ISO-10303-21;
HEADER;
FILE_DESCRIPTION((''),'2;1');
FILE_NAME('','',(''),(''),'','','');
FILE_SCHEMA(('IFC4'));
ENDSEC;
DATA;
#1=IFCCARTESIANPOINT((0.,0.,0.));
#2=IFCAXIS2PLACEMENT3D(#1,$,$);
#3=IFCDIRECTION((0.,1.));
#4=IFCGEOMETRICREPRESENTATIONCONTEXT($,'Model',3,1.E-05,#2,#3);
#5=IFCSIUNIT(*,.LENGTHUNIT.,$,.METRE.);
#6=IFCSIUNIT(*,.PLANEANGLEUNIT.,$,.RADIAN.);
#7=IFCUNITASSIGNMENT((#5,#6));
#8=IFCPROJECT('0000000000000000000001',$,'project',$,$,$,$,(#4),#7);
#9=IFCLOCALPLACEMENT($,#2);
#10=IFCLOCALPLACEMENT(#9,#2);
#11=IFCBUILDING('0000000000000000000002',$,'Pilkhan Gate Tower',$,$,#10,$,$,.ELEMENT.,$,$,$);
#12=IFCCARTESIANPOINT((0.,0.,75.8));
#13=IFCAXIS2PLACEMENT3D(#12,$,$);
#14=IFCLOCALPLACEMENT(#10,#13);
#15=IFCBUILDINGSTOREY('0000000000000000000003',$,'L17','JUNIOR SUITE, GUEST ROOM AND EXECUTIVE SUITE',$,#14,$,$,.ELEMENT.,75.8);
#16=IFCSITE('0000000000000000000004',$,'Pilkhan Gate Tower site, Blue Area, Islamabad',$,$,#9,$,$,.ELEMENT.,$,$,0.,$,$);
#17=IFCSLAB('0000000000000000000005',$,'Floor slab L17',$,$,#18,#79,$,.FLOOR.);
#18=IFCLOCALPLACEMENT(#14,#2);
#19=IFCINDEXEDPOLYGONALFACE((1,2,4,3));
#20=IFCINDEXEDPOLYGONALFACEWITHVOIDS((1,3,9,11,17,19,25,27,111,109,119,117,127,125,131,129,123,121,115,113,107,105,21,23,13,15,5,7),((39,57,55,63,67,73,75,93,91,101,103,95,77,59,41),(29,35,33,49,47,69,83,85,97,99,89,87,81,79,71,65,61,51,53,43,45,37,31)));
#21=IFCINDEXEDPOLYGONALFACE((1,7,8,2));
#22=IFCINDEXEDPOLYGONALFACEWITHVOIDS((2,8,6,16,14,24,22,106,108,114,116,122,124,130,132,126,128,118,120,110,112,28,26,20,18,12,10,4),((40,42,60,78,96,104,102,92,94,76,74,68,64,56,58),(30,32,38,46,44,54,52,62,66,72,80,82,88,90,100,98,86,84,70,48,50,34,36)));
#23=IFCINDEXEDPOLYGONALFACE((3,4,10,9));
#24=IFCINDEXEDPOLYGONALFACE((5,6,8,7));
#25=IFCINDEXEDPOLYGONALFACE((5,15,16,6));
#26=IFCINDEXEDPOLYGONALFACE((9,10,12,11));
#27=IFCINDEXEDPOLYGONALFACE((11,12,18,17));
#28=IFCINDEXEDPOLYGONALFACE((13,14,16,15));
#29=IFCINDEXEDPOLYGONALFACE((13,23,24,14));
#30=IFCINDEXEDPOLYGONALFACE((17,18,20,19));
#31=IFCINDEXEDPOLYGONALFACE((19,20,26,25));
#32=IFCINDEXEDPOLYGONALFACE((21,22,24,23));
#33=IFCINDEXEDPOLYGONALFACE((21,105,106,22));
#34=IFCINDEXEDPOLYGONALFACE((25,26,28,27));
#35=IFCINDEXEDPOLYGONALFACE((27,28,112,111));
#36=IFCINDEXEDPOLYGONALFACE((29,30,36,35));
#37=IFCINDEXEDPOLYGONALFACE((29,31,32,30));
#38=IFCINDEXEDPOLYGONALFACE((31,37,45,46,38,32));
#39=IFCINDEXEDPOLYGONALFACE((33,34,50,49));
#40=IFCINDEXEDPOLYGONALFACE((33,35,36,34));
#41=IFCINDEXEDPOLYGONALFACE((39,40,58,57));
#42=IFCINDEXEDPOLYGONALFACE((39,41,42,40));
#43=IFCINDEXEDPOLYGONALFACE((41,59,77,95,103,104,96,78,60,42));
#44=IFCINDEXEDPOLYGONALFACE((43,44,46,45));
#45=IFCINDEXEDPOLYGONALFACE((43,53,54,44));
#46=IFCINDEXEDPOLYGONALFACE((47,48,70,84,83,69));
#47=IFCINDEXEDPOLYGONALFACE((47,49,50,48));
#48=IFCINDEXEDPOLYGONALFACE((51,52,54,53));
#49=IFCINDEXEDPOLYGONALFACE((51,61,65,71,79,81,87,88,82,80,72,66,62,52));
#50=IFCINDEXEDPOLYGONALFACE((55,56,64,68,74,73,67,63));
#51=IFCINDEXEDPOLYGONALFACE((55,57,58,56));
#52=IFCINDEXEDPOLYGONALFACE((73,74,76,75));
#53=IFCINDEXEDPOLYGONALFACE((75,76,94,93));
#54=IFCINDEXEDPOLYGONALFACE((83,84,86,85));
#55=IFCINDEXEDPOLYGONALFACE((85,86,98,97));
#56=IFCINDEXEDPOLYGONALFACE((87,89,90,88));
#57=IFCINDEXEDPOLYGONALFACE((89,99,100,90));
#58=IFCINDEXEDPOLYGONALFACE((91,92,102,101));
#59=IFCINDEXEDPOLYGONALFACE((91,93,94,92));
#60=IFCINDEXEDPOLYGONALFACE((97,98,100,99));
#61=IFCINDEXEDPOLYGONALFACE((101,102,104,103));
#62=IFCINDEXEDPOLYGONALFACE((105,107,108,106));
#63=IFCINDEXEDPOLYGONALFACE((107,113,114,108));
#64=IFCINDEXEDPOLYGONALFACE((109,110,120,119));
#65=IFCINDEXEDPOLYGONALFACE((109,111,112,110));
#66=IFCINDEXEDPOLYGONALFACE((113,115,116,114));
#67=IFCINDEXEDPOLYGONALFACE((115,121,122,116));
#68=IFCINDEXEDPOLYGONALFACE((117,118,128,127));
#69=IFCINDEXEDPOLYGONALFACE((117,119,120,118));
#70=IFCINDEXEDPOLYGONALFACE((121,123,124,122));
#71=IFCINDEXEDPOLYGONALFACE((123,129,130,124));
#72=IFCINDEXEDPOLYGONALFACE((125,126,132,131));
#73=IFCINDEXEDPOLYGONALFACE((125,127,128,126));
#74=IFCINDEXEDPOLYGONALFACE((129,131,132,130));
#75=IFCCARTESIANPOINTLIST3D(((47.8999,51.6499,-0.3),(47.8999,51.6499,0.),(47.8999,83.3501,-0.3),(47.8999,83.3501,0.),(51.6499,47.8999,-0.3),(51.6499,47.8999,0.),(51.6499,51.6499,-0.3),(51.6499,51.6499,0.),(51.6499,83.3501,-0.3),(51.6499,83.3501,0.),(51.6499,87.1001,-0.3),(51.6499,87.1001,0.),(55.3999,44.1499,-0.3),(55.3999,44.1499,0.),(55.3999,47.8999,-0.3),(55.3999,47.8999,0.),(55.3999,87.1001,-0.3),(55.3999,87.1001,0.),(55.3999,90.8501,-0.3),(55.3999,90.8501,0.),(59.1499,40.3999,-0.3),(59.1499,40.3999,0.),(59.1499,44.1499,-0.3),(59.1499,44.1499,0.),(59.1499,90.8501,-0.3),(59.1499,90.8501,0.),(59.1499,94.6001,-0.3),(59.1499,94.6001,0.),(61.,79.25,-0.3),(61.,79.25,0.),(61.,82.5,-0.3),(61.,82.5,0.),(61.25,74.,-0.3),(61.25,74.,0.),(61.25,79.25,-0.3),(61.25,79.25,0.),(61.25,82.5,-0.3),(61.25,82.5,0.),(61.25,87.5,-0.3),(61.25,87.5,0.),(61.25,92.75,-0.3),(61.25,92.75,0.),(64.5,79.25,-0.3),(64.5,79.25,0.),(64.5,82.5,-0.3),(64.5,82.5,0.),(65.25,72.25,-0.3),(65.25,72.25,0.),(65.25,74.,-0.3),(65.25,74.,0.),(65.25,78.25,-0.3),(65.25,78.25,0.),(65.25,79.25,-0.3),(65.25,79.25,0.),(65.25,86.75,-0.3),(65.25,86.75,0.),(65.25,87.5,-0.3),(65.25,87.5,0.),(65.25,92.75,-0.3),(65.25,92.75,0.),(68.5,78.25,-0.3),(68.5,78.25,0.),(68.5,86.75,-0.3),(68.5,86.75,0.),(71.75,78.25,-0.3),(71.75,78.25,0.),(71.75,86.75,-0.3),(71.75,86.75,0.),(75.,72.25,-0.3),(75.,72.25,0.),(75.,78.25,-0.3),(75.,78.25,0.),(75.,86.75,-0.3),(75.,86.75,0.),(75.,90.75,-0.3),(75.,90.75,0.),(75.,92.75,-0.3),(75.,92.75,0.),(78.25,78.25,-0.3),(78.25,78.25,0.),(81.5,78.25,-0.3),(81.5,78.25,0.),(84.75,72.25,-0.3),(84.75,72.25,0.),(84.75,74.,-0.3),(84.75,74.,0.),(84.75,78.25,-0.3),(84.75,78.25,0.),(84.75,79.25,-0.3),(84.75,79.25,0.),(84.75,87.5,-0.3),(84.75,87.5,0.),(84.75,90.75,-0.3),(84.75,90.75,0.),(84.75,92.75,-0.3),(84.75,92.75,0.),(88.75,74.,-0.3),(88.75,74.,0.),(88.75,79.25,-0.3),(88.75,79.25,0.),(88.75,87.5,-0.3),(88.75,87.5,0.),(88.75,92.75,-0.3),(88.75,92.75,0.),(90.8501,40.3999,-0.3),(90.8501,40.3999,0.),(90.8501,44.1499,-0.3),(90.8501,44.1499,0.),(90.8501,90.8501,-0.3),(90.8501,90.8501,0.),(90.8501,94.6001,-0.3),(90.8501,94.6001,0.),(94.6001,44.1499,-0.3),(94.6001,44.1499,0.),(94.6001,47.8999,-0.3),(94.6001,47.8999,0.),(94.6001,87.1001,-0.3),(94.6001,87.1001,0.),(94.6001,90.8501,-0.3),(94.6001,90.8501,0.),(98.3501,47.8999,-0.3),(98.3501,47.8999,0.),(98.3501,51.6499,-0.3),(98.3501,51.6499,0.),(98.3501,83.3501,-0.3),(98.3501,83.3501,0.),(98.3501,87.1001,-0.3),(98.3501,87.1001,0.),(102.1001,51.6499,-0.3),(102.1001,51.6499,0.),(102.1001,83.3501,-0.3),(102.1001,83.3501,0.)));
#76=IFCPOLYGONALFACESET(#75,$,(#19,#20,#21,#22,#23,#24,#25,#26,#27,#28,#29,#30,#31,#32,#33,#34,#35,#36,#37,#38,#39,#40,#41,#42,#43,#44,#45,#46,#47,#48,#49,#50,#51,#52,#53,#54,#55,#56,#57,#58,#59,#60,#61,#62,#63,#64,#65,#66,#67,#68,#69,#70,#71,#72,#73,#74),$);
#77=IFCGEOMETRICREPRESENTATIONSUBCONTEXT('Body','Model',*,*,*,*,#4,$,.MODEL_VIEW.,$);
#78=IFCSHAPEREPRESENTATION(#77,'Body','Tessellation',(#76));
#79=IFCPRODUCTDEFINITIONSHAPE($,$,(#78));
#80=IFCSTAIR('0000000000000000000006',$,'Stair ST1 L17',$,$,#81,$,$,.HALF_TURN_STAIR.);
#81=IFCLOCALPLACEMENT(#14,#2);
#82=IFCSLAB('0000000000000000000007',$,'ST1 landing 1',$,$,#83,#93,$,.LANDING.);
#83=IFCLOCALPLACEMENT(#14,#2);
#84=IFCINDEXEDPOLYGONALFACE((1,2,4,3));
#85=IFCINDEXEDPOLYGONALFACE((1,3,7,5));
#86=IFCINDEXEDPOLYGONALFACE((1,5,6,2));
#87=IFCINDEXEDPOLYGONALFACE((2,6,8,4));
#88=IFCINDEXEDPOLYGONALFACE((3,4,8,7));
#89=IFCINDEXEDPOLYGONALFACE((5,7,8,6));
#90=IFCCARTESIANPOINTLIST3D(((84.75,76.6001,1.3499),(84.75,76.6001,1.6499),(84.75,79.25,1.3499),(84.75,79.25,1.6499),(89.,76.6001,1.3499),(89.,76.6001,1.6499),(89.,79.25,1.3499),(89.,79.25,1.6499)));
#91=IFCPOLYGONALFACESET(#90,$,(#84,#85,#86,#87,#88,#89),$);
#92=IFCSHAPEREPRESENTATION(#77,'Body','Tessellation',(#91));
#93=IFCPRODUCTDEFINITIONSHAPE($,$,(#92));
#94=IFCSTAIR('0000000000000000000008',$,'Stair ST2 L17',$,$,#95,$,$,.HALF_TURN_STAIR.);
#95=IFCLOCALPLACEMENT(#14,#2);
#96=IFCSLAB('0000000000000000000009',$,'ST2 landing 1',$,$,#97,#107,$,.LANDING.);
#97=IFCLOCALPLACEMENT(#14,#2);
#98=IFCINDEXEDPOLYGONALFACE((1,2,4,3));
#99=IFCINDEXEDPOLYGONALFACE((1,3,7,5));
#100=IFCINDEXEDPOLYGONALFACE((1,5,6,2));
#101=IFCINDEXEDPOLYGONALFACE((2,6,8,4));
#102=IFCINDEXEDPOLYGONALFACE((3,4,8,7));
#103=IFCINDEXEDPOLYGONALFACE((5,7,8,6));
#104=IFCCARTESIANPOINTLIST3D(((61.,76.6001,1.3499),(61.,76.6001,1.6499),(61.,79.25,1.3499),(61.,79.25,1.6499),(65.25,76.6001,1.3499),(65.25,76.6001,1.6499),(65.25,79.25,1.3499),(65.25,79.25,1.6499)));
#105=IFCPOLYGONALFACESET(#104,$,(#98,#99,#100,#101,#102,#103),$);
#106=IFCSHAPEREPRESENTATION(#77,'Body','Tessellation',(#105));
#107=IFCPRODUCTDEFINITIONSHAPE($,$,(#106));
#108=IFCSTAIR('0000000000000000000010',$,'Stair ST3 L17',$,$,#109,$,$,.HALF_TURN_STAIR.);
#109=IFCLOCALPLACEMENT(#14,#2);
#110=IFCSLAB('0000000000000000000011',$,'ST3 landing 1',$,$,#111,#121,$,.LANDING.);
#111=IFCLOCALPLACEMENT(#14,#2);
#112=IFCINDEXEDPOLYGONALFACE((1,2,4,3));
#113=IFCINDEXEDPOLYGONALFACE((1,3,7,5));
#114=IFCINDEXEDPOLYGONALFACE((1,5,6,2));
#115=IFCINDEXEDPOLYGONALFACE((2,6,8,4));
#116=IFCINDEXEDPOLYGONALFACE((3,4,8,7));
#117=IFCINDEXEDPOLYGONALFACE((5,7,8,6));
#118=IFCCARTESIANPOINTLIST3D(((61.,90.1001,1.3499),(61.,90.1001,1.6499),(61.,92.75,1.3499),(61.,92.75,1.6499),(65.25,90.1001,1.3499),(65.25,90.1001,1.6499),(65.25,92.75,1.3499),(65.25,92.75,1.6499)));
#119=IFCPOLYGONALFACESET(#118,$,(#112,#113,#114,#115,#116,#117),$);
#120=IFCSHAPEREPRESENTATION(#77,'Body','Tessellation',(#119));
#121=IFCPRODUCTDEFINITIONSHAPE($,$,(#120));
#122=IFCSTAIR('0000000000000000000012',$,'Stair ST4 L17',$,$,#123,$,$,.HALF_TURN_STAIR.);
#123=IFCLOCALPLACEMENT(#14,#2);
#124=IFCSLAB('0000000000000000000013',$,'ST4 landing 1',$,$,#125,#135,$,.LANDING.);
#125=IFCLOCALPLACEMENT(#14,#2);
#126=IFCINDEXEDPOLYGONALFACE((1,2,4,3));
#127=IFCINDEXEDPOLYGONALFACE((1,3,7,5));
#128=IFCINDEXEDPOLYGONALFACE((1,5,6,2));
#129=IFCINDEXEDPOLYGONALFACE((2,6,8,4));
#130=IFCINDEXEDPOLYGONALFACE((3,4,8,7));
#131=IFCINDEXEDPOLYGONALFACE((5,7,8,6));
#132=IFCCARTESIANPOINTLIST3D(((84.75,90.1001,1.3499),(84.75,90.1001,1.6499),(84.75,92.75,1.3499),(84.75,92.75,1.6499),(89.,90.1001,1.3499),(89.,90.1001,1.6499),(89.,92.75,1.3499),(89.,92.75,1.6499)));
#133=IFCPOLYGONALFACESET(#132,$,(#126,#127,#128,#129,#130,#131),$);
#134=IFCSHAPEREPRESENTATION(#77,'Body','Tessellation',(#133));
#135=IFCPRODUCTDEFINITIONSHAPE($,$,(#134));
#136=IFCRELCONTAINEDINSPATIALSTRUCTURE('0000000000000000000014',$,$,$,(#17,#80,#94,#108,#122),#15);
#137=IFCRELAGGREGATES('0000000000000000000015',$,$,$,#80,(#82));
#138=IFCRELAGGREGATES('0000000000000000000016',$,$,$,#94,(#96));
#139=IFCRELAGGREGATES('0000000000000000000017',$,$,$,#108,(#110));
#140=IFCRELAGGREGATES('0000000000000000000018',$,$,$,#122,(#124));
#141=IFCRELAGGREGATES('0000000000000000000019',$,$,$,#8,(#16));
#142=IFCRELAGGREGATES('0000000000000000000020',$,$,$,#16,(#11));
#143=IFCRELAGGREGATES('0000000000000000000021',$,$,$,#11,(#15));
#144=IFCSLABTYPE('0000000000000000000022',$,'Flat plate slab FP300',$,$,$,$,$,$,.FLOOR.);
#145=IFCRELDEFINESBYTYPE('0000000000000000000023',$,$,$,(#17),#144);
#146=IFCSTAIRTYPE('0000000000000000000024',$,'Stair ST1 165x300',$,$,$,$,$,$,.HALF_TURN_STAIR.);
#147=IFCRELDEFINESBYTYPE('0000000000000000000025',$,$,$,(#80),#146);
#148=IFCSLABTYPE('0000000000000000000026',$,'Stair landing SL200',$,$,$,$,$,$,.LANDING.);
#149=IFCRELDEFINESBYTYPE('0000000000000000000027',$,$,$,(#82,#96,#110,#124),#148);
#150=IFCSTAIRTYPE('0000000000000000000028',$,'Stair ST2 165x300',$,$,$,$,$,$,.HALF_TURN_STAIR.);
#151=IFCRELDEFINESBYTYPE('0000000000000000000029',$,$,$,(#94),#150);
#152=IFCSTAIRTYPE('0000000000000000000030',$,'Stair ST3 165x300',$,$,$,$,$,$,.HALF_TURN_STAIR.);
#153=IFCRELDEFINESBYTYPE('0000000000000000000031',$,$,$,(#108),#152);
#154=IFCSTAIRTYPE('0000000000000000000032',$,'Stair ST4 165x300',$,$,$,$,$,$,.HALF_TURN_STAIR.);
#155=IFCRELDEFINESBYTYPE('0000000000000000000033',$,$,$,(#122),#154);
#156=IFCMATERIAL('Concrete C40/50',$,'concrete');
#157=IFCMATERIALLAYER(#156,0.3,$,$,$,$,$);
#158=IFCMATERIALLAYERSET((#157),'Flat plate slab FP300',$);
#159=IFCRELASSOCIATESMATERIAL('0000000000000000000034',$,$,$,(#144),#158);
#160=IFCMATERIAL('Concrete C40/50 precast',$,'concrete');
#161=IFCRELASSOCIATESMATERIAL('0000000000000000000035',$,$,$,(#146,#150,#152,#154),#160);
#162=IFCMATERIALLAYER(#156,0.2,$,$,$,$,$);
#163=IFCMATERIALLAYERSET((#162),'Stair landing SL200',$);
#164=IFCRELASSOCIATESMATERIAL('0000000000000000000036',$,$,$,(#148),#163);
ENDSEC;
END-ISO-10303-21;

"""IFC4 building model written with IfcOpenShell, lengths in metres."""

from ifc_helpers import new_model, si_unit, direction, frame, origin, place, context, subcontext, project, spatial, polyline, outline, extrude, material, layer, layer_set, type_object, element, aggregate, save


model = new_model("IFC4")

# Units and contexts
model_context = context("Model", 3, precision=1e-05, world=origin(), true_north=direction((0.0, 1.0)))
body_context = subcontext(model_context, "Body", "Model", "MODEL_VIEW")
ifc_project = project(units=[si_unit("LENGTHUNIT", "METRE"), si_unit("PLANEANGLEUNIT", "RADIAN")], contexts=[model_context])

# Site, building, storey
site_placement = place(None, origin())
site = spatial("IfcSite", under=ifc_project, at=site_placement, Name="Pilkhan Gate Tower site, Blue Area, Islamabad", CompositionType="ELEMENT", RefElevation=0.0)
building_placement = place(site_placement, origin())
building = spatial("IfcBuilding", under=site, at=building_placement, Name="Pilkhan Gate Tower", CompositionType="ELEMENT")
storey_placement = place(building_placement, frame((0.0, 0.0, 75.8)))
storey = spatial("IfcBuildingStorey", under=building, at=storey_placement, Name="L17", Description="JUNIOR SUITE, GUEST ROOM AND EXECUTIVE SUITE", CompositionType="ELEMENT", Elevation=75.8)

# Slab
ifc_material_1 = material(Name="Concrete C40/50", Category="concrete")
ifc_layer_1 = layer(ifc_material_1, 0.3)
ifc_layer_set_1 = layer_set([ifc_layer_1], Name="Flat plate slab FP300")
slab_type_1 = type_object("IfcSlabType", Name="Flat plate slab FP300", PredefinedType="FLOOR", material=ifc_layer_set_1)
slab_1_placement = place(storey_placement, frame((0.0, 0.0, -0.3)))
element("IfcSlab", 1, at=slab_1_placement, inside=storey, type_object=slab_type_1, Name="Floor slab L17", PredefinedType="FLOOR", context=body_context, shape_type="SweptSolid", body=[
    extrude(outline(polyline([(98.3501, 47.8999), (94.6001, 47.8999), (94.6001, 44.1499), (90.8501, 44.1499), (90.8501, 40.3999), (59.1499, 40.3999), (59.1499, 44.1499), (55.3999, 44.1499), (55.3999, 47.8999), (51.6499, 47.8999), (51.6499, 51.6499), (47.8999, 51.6499), (47.8999, 83.3501), (51.6499, 83.3501), (51.6499, 87.1001), (55.3999, 87.1001), (55.3999, 90.8501), (59.1499, 90.8501), (59.1499, 94.6001), (90.8501, 94.6001), (90.8501, 90.8501), (94.6001, 90.8501), (94.6001, 87.1001), (98.3501, 87.1001), (98.3501, 83.3501), (102.1001, 83.3501), (102.1001, 51.6499), (98.3501, 51.6499), (98.3501, 47.8999)]), holes=[polyline([(65.25, 87.5), (65.25, 86.75), (68.5, 86.75), (71.75, 86.75), (75.0, 86.75), (75.0, 90.75), (84.75, 90.75), (84.75, 87.5), (88.75, 87.5), (88.75, 92.75), (84.75, 92.75), (75.0, 92.75), (65.25, 92.75), (61.25, 92.75), (61.25, 87.5), (65.25, 87.5)]), polyline([(75.0, 72.25), (84.75, 72.25), (84.75, 74.0), (88.75, 74.0), (88.75, 79.25), (84.75, 79.25), (84.75, 78.25), (81.5, 78.25), (78.25, 78.25), (75.0, 78.25), (71.75, 78.25), (68.5, 78.25), (65.25, 78.25), (65.25, 79.25), (64.5, 79.25), (64.5, 82.5), (61.25, 82.5), (61.0, 82.5), (61.0, 79.25), (61.25, 79.25), (61.25, 74.0), (65.25, 74.0), (65.25, 72.25), (75.0, 72.25)])]), origin(), (0.0, 0.0, 1.0), 0.3),
])

# Stairs, slabs
ifc_material_2 = material(Name="Concrete C40/50 precast", Category="concrete")
stair_type_1 = type_object("IfcStairType", Name="Stair ST1 165x300", PredefinedType="HALF_TURN_STAIR", material=ifc_material_2)
stair_1_placement = place(storey_placement, origin())
stair_1 = element("IfcStair", 2, at=stair_1_placement, inside=storey, type_object=stair_type_1, Name="Stair ST1 L17", PredefinedType="HALF_TURN_STAIR")
ifc_layer_2 = layer(ifc_material_1, 0.2)
ifc_layer_set_2 = layer_set([ifc_layer_2], Name="Stair landing SL200")
slab_type_2 = type_object("IfcSlabType", Name="Stair landing SL200", PredefinedType="LANDING", material=ifc_layer_set_2)
slab_2_placement = place(storey_placement, frame((0.0, 0.0, 1.3499)))
slab_2 = element("IfcSlab", 3, at=slab_2_placement, type_object=slab_type_2, Name="ST1 landing 1", PredefinedType="LANDING", context=body_context, shape_type="SweptSolid", body=[
    extrude(outline(polyline([(89.0, 76.6001), (89.0, 79.25), (84.75, 79.25), (84.75, 76.6001), (89.0, 76.6001)])), origin(), (0.0, 0.0, 1.0), 0.3),
])
aggregate(stair_1, [slab_2])
stair_type_2 = type_object("IfcStairType", Name="Stair ST2 165x300", PredefinedType="HALF_TURN_STAIR", material=ifc_material_2)
stair_2_placement = place(storey_placement, origin())
stair_2 = element("IfcStair", 4, at=stair_2_placement, inside=storey, type_object=stair_type_2, Name="Stair ST2 L17", PredefinedType="HALF_TURN_STAIR")
slab_3_placement = place(storey_placement, frame((0.0, 0.0, 1.3499)))
slab_3 = element("IfcSlab", 5, at=slab_3_placement, type_object=slab_type_2, Name="ST2 landing 1", PredefinedType="LANDING", context=body_context, shape_type="SweptSolid", body=[
    extrude(outline(polyline([(65.25, 76.6001), (65.25, 79.25), (61.0, 79.25), (61.0, 76.6001), (65.25, 76.6001)])), origin(), (0.0, 0.0, 1.0), 0.3),
])
aggregate(stair_2, [slab_3])
stair_type_3 = type_object("IfcStairType", Name="Stair ST3 165x300", PredefinedType="HALF_TURN_STAIR", material=ifc_material_2)
stair_3_placement = place(storey_placement, origin())
stair_3 = element("IfcStair", 6, at=stair_3_placement, inside=storey, type_object=stair_type_3, Name="Stair ST3 L17", PredefinedType="HALF_TURN_STAIR")
slab_4_placement = place(storey_placement, frame((0.0, 0.0, 1.3499)))
slab_4 = element("IfcSlab", 7, at=slab_4_placement, type_object=slab_type_2, Name="ST3 landing 1", PredefinedType="LANDING", context=body_context, shape_type="SweptSolid", body=[
    extrude(outline(polyline([(65.25, 90.1001), (65.25, 92.75), (61.0, 92.75), (61.0, 90.1001), (65.25, 90.1001)])), origin(), (0.0, 0.0, 1.0), 0.3),
])
aggregate(stair_3, [slab_4])
stair_type_4 = type_object("IfcStairType", Name="Stair ST4 165x300", PredefinedType="HALF_TURN_STAIR", material=ifc_material_2)
stair_4_placement = place(storey_placement, origin())
stair_4 = element("IfcStair", 8, at=stair_4_placement, inside=storey, type_object=stair_type_4, Name="Stair ST4 L17", PredefinedType="HALF_TURN_STAIR")
slab_5_placement = place(storey_placement, frame((0.0, 0.0, 1.3499)))
slab_5 = element("IfcSlab", 9, at=slab_5_placement, type_object=slab_type_2, Name="ST4 landing 1", PredefinedType="LANDING", context=body_context, shape_type="SweptSolid", body=[
    extrude(outline(polyline([(89.0, 90.1001), (89.0, 92.75), (84.75, 92.75), (84.75, 90.1001), (89.0, 90.1001)])), origin(), (0.0, 0.0, 1.0), 0.3),
])
aggregate(stair_4, [slab_5])

save(model, "model.ifc")
